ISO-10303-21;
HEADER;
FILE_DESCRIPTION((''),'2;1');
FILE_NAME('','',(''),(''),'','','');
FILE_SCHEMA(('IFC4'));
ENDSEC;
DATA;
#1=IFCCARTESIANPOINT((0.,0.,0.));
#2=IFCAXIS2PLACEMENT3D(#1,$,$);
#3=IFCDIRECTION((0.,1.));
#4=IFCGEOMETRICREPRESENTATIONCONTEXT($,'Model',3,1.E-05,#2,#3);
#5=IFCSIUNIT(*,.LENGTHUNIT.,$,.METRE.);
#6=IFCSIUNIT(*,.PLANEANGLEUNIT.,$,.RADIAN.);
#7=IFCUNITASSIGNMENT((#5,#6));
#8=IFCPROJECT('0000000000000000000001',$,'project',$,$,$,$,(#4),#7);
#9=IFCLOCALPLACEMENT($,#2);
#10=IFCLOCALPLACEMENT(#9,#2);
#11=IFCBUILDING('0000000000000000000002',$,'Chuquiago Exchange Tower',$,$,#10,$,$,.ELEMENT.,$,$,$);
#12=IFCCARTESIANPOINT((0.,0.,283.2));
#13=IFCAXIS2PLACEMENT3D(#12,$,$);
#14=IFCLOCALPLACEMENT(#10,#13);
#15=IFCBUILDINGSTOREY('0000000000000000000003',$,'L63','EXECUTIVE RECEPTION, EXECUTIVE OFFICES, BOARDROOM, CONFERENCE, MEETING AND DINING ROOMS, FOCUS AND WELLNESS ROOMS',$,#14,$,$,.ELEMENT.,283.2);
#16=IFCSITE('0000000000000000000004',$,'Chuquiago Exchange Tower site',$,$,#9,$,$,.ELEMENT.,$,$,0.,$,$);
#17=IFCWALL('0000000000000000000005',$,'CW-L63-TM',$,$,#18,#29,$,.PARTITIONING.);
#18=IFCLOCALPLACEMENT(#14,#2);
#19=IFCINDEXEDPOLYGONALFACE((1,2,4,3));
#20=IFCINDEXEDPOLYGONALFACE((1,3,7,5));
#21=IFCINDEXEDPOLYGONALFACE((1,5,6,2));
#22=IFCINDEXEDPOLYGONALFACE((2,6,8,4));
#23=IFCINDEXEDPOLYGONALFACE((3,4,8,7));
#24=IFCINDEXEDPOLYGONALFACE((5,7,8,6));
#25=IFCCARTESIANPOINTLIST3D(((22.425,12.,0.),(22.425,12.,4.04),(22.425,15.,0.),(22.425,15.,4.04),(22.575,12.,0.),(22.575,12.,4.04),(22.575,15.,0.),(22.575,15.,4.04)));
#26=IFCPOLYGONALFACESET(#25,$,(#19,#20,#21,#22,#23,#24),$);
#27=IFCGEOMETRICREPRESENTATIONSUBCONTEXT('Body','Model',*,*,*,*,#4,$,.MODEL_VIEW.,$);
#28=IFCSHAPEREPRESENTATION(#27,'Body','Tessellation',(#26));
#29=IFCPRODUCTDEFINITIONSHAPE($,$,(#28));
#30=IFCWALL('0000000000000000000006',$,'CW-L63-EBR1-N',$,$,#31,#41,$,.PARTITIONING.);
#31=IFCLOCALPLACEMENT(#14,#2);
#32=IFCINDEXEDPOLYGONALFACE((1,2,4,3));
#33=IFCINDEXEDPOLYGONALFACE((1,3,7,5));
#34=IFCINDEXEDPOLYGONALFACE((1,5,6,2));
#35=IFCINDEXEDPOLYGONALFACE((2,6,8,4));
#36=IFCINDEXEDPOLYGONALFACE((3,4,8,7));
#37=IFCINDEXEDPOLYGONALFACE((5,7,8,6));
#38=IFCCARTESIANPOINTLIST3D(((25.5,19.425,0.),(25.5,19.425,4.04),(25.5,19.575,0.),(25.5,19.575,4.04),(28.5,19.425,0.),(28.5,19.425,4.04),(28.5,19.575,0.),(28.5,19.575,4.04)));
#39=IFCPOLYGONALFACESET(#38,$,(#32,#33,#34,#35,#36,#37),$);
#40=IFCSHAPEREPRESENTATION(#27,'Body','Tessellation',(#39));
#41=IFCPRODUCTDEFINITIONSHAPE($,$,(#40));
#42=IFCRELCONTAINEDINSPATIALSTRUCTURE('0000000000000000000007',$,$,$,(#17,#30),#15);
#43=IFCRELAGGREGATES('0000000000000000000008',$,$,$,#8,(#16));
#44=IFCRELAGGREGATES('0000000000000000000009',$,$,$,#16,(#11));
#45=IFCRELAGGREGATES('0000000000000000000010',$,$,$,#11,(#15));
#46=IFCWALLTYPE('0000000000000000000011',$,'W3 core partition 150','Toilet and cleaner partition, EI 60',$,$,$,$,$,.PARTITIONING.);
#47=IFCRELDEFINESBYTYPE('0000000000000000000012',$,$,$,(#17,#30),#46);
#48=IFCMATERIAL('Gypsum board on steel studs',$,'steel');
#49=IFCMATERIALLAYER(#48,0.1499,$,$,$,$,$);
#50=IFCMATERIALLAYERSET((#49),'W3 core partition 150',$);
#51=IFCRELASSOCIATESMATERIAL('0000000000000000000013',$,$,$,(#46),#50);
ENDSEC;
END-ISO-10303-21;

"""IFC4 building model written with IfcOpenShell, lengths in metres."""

from ifc_helpers import new_model, si_unit, direction, frame, frame_2d, origin, place, context, subcontext, project, spatial, rectangle, extrude, material, layer, layer_set, type_object, element, save


model = new_model("IFC4")

# Units and contexts
model_context = context("Model", 3, precision=1e-05, world=origin(), true_north=direction((0.0, 1.0)))
body_context = subcontext(model_context, "Body", "Model", "MODEL_VIEW")
ifc_project = project(units=[si_unit("LENGTHUNIT", "METRE"), si_unit("PLANEANGLEUNIT", "RADIAN")], contexts=[model_context])

# Site, building, storey
site_placement = place(None, origin())
site = spatial("IfcSite", under=ifc_project, at=site_placement, Name="Chuquiago Exchange Tower site", CompositionType="ELEMENT", RefElevation=0.0)
building_placement = place(site_placement, origin())
building = spatial("IfcBuilding", under=site, at=building_placement, Name="Chuquiago Exchange Tower", CompositionType="ELEMENT")
storey_placement = place(building_placement, frame((0.0, 0.0, 283.2)))
storey = spatial("IfcBuildingStorey", under=building, at=storey_placement, Name="L63", Description="EXECUTIVE RECEPTION, EXECUTIVE OFFICES, BOARDROOM, CONFERENCE, MEETING AND DINING ROOMS, FOCUS AND WELLNESS ROOMS", CompositionType="ELEMENT", Elevation=283.2)

# Shared definitions
ifc_material_1 = material(Name="Gypsum board on steel studs", Category="steel")
ifc_layer_1 = layer(ifc_material_1, 0.1499)
ifc_layer_set_1 = layer_set([ifc_layer_1], Name="W3 core partition 150")
wall_type_1 = type_object("IfcWallType", Name="W3 core partition 150", Description="Toilet and cleaner partition, EI 60", PredefinedType="PARTITIONING", material=ifc_layer_set_1)

# Walls
for number, where, z_axis, x_axis, name in (
    (1, (22.5, 15.0, 0.0), (0.0, 0.0, 1.0), (0.0, -1.0, 0.0), "CW-L63-TM"),
    (2, (25.5, 19.5, 0.0), (0.0, 0.0, 1.0), (1.0, 0.0, 0.0), "CW-L63-EBR1-N"),
):
    element("IfcWall", number, at=place(storey_placement, frame(where, z_axis=z_axis, x_axis=x_axis)), inside=storey, type_object=wall_type_1, Name=name, PredefinedType="PARTITIONING", context=body_context, shape_type="SweptSolid", body=[
        extrude(rectangle(XDim=3.0, YDim=0.1499, at=frame_2d((1.5, 0.0))), origin(), (0.0, 0.0, 1.0), 4.04),
    ])

save(model, "model.ifc")
